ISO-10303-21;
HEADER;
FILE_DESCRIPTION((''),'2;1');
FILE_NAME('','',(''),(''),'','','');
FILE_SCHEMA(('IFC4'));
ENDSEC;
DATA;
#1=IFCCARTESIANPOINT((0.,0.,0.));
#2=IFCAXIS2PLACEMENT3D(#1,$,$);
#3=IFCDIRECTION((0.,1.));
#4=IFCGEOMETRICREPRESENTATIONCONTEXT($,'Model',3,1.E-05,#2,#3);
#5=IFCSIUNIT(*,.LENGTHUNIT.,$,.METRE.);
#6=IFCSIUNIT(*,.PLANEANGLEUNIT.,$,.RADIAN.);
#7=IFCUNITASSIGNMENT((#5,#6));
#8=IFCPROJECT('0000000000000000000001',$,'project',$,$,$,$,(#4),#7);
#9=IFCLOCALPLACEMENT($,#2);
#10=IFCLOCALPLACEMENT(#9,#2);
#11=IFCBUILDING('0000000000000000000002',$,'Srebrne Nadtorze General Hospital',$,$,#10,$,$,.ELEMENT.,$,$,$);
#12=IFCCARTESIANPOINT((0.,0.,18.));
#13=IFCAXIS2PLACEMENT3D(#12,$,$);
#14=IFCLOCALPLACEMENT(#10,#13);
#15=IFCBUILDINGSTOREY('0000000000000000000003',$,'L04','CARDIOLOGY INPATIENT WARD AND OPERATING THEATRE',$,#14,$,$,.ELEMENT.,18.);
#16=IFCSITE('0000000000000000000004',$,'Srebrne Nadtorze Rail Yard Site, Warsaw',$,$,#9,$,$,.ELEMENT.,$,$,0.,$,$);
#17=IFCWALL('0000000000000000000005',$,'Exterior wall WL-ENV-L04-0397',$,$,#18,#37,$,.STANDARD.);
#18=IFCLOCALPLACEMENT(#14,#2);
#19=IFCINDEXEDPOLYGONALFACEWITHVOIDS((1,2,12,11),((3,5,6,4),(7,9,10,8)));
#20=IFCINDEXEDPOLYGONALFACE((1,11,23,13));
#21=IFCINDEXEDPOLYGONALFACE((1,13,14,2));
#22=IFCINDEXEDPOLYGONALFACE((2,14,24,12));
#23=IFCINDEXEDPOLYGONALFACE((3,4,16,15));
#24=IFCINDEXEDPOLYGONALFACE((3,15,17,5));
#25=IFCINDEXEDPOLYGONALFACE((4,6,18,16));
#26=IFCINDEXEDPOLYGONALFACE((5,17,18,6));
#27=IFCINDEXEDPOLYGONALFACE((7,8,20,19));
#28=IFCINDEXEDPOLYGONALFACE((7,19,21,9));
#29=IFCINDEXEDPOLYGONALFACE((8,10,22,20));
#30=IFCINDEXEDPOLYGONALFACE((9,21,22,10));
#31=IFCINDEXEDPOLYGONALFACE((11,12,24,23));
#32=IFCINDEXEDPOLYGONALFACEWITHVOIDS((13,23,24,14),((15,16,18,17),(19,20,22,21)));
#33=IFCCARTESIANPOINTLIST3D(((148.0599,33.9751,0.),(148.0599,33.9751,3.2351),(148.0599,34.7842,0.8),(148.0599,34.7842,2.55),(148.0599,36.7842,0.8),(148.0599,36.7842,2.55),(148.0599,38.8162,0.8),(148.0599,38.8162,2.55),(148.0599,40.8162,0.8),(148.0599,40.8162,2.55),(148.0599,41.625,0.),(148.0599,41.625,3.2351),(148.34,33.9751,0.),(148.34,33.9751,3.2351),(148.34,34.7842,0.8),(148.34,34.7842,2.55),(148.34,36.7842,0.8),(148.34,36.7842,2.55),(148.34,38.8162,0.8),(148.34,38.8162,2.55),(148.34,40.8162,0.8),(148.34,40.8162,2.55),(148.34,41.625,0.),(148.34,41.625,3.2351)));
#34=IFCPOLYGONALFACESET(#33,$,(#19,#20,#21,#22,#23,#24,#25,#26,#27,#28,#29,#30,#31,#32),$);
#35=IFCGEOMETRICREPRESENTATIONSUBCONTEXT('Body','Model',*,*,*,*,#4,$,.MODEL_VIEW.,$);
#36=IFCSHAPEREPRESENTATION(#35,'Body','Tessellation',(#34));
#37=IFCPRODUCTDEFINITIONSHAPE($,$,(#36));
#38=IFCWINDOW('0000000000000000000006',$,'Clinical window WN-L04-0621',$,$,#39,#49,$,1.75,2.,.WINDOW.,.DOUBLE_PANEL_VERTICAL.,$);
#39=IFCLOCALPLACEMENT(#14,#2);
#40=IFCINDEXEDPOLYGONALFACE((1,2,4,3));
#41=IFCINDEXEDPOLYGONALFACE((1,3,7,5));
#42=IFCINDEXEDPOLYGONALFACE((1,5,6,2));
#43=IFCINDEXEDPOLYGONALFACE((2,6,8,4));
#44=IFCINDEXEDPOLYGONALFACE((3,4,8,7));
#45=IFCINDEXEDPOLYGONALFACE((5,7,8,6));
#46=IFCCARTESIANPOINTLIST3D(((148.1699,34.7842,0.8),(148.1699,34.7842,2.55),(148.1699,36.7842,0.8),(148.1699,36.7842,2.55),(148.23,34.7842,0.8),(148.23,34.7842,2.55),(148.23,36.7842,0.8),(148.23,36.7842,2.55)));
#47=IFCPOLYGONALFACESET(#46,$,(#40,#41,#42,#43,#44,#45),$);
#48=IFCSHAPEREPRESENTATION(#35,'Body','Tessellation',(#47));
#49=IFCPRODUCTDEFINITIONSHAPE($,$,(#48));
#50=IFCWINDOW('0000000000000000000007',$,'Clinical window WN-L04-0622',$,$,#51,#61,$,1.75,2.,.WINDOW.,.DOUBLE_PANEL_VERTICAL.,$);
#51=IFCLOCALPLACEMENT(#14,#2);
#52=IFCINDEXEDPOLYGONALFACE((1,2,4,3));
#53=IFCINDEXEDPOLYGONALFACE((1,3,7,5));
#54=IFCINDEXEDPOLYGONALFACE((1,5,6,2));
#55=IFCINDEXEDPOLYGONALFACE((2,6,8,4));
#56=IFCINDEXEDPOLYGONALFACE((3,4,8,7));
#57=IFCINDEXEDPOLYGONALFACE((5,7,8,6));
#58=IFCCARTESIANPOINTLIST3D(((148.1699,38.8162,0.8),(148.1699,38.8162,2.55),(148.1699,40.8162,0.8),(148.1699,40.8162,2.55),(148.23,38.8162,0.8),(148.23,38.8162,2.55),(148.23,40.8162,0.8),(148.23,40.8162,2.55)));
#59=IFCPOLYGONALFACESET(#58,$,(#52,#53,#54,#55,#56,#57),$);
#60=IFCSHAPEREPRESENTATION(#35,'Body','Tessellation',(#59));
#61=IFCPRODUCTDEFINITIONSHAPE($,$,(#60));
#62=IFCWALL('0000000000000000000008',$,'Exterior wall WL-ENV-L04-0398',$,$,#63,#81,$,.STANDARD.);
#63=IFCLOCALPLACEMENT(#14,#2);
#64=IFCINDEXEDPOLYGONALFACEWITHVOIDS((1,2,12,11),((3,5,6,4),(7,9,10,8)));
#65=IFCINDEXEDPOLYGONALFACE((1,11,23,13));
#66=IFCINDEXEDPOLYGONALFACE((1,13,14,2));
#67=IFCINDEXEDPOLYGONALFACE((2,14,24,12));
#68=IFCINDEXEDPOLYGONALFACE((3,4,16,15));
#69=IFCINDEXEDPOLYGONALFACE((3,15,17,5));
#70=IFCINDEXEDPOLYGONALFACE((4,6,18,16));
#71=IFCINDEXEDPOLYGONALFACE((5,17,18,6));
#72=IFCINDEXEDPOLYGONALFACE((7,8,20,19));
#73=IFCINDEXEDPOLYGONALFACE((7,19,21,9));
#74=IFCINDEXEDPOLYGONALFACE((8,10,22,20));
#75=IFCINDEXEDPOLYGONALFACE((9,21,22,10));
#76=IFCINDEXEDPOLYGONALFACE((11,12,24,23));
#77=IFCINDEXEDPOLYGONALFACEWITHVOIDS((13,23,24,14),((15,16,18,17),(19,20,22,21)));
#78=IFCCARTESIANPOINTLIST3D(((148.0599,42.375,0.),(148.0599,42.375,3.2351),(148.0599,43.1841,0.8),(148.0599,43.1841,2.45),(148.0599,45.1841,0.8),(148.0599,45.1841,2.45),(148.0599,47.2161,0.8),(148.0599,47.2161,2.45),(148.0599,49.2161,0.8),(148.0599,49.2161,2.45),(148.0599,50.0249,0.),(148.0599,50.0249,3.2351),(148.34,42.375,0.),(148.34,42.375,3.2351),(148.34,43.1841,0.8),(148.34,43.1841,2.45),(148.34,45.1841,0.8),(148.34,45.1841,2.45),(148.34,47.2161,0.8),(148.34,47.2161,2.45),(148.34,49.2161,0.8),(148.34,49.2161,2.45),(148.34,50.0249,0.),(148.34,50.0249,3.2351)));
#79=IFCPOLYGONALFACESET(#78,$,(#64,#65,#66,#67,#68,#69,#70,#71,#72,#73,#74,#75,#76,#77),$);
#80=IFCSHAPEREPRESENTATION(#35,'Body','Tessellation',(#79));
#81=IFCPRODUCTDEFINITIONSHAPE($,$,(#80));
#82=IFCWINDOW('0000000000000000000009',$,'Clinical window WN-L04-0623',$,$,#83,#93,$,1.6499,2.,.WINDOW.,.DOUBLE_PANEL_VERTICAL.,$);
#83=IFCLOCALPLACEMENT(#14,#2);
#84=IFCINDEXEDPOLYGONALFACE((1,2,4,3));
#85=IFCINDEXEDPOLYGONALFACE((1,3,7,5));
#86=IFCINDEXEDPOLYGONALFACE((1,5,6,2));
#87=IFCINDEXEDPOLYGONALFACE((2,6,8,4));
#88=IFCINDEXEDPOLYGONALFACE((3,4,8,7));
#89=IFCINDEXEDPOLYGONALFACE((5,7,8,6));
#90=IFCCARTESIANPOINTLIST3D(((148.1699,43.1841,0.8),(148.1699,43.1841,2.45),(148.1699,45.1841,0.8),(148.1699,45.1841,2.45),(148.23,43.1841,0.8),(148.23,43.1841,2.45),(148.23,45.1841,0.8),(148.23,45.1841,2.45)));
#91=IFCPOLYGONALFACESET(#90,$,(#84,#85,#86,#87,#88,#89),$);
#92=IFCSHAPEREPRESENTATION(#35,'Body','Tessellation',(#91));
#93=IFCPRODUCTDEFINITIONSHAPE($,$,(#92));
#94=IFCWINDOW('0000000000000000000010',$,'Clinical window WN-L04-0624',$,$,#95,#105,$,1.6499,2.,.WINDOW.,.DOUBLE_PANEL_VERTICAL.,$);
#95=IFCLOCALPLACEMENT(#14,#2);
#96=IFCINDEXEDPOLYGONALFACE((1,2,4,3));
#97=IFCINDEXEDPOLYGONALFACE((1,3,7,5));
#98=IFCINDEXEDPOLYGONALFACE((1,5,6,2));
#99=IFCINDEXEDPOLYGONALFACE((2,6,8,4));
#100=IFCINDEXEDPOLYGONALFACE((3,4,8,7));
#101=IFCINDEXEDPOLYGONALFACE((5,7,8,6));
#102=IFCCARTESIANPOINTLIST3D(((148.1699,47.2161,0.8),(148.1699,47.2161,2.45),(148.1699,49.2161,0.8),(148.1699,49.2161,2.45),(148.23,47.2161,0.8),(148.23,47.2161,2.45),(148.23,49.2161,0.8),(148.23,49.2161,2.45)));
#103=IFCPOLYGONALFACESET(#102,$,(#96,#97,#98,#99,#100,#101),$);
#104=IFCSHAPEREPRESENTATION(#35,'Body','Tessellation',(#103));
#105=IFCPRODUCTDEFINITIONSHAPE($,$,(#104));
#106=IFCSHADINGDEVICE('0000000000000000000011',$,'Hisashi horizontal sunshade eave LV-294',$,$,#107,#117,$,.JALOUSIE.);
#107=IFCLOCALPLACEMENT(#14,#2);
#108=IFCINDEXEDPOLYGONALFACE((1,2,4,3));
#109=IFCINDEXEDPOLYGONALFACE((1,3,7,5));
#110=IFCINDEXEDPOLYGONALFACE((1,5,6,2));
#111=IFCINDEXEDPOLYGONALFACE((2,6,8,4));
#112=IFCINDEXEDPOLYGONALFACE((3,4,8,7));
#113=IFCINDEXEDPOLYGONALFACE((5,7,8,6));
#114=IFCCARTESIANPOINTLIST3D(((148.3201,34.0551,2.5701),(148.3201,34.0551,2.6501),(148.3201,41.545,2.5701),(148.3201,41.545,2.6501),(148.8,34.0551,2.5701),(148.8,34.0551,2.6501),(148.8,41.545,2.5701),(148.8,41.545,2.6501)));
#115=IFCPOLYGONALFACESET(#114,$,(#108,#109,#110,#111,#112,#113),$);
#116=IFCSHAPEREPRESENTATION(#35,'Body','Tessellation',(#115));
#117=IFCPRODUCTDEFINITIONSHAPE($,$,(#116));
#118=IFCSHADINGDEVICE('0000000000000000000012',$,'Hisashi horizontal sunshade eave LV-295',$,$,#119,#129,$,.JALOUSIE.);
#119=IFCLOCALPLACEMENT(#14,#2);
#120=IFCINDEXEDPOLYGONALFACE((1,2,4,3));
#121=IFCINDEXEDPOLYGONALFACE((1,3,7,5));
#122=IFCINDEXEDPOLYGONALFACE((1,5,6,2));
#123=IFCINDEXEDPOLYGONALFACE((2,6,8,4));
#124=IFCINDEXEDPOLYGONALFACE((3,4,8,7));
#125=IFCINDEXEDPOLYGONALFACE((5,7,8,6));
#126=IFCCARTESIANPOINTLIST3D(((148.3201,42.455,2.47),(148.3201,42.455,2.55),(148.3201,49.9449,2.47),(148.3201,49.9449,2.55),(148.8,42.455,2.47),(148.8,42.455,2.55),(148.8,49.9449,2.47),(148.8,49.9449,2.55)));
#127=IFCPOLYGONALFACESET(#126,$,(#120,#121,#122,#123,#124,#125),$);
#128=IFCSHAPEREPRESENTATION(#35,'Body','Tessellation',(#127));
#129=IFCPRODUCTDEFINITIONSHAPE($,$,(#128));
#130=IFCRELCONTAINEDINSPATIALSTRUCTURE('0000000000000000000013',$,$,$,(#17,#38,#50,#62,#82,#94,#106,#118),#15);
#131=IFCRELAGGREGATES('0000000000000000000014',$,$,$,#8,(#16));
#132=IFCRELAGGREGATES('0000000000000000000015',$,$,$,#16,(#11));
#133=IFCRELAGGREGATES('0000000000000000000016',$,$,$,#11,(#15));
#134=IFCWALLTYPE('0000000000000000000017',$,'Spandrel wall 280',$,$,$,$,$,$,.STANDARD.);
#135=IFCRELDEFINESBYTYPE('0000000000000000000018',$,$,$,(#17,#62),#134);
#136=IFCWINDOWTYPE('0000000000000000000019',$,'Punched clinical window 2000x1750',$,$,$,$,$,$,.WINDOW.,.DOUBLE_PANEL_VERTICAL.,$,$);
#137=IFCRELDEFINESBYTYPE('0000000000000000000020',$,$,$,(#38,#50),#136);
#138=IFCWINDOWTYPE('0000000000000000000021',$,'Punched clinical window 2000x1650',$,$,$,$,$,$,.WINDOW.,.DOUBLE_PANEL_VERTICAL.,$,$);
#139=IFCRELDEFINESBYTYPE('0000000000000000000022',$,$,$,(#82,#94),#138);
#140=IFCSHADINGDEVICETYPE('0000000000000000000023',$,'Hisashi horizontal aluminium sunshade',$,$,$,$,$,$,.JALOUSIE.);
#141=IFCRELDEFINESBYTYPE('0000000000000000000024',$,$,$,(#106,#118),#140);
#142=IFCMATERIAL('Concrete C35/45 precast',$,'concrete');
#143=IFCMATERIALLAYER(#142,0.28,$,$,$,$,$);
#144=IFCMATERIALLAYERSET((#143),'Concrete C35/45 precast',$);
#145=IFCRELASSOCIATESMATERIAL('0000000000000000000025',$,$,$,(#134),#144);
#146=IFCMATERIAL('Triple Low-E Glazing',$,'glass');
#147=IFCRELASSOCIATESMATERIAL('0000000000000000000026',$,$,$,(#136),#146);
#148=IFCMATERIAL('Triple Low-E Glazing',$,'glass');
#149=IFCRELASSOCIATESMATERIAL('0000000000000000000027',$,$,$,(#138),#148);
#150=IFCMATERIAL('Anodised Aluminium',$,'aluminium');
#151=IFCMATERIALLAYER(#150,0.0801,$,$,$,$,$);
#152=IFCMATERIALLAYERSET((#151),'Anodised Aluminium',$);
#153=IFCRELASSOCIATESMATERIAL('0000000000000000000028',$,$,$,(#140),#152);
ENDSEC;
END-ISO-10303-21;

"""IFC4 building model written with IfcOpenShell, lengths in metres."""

from ifc_helpers import new_model, si_unit, direction, frame, frame_2d, origin, origin_2d, place, context, subcontext, project, spatial, rectangle, extrude, material, layer, layer_set, type_object, element, fill, save


model = new_model("IFC4")

# Units and contexts
model_context = context("Model", 3, precision=1e-05, world=origin(), true_north=direction((0.0, 1.0)))
body_context = subcontext(model_context, "Body", "Model", "MODEL_VIEW")
ifc_project = project(units=[si_unit("LENGTHUNIT", "METRE"), si_unit("PLANEANGLEUNIT", "RADIAN")], contexts=[model_context])

# Site, building, storey
site_placement = place(None, origin())
site = spatial("IfcSite", under=ifc_project, at=site_placement, Name="Srebrne Nadtorze Rail Yard Site, Warsaw", CompositionType="ELEMENT", RefElevation=0.0)
building_placement = place(site_placement, origin())
building = spatial("IfcBuilding", under=site, at=building_placement, Name="Srebrne Nadtorze General Hospital", CompositionType="ELEMENT")
storey_placement = place(building_placement, frame((0.0, 0.0, 18.0)))
storey = spatial("IfcBuildingStorey", under=building, at=storey_placement, Name="L04", Description="CARDIOLOGY INPATIENT WARD AND OPERATING THEATRE", CompositionType="ELEMENT", Elevation=18.0)

# Walls, openings, windows
ifc_material_1 = material(Name="Concrete C35/45 precast", Category="concrete")
ifc_layer_1 = layer(ifc_material_1, 0.28)
ifc_layer_set_1 = layer_set([ifc_layer_1], Name="Concrete C35/45 precast")
wall_type_1 = type_object("IfcWallType", Name="Spandrel wall 280", PredefinedType="STANDARD", material=ifc_layer_set_1)
wall_1_placement = place(storey_placement, frame((148.2, 33.9751, 0.0), z_axis=(0.0, 0.0, 1.0), x_axis=(0.0, 1.0, 0.0)))
wall_1 = element("IfcWall", 1, at=wall_1_placement, inside=storey, type_object=wall_type_1, Name="Exterior wall WL-ENV-L04-0397", PredefinedType="STANDARD", context=body_context, shape_type="SweptSolid", body=[
    extrude(rectangle(XDim=7.6499, YDim=0.28, at=frame_2d((3.825, 0.0))), origin(), (0.0, 0.0, 1.0), 3.2351),
])
opening_1_placement = place(wall_1_placement, frame((0.8091, 0.0, 0.8)))
opening_1 = element("IfcOpeningElement", 2, at=opening_1_placement, cuts=wall_1, PredefinedType="OPENING", context=body_context, shape_type="SweptSolid", body=[
    extrude(rectangle(XDim=2.0, YDim=1.75, at=frame_2d((1.0, 0.875))), frame((0.0, 0.1519, 0.0), z_axis=(0.0, -1.0, 0.0), x_axis=(1.0, 0.0, 0.0)), (0.0, 0.0, 1.0), 0.304),
])
opening_2_placement = place(wall_1_placement, frame((4.8411, 0.0, 0.8)))
opening_2 = element("IfcOpeningElement", 3, at=opening_2_placement, cuts=wall_1, PredefinedType="OPENING", context=body_context, shape_type="SweptSolid", body=[
    extrude(rectangle(XDim=2.0, YDim=1.75, at=frame_2d((1.0, 0.875))), frame((0.0, 0.1519, 0.0), z_axis=(0.0, -1.0, 0.0), x_axis=(1.0, 0.0, 0.0)), (0.0, 0.0, 1.0), 0.304),
])
ifc_material_2 = material(Name="Triple Low-E Glazing", Category="glass")
window_type_1 = type_object("IfcWindowType", Name="Punched clinical window 2000x1750", PartitioningType="DOUBLE_PANEL_VERTICAL", PredefinedType="WINDOW", material=ifc_material_2)
window_1_placement = place(opening_1_placement, origin())
window_1 = element("IfcWindow", 4, at=window_1_placement, inside=storey, type_object=window_type_1, Name="Clinical window WN-L04-0621", OverallHeight=1.75, OverallWidth=2.0, PartitioningType="DOUBLE_PANEL_VERTICAL", PredefinedType="WINDOW", context=body_context, shape_type="SweptSolid", body=[
    extrude(rectangle(XDim=2.0, YDim=1.75, at=frame_2d((1.0, 0.875))), frame((0.0, 0.03, 0.0), z_axis=(0.0, -1.0, 0.0), x_axis=(1.0, 0.0, 0.0)), (0.0, 0.0, 1.0), 0.0601),
])
fill(opening_1, window_1)
window_2_placement = place(opening_2_placement, origin())
window_2 = element("IfcWindow", 5, at=window_2_placement, inside=storey, type_object=window_type_1, Name="Clinical window WN-L04-0622", OverallHeight=1.75, OverallWidth=2.0, PartitioningType="DOUBLE_PANEL_VERTICAL", PredefinedType="WINDOW", context=body_context, shape_type="SweptSolid", body=[
    extrude(rectangle(XDim=2.0, YDim=1.75, at=frame_2d((1.0, 0.875))), frame((0.0, 0.03, 0.0), z_axis=(0.0, -1.0, 0.0), x_axis=(1.0, 0.0, 0.0)), (0.0, 0.0, 1.0), 0.0601),
])
fill(opening_2, window_2)
wall_2_placement = place(storey_placement, frame((148.2, 42.375, 0.0), z_axis=(0.0, 0.0, 1.0), x_axis=(0.0, 1.0, 0.0)))
wall_2 = element("IfcWall", 6, at=wall_2_placement, inside=storey, type_object=wall_type_1, Name="Exterior wall WL-ENV-L04-0398", PredefinedType="STANDARD", context=body_context, shape_type="SweptSolid", body=[
    extrude(rectangle(XDim=7.6499, YDim=0.28, at=frame_2d((3.825, 0.0))), origin(), (0.0, 0.0, 1.0), 3.2351),
])
opening_3_placement = place(wall_2_placement, frame((0.8091, 0.0, 0.8)))
opening_3 = element("IfcOpeningElement", 7, at=opening_3_placement, cuts=wall_2, PredefinedType="OPENING", context=body_context, shape_type="SweptSolid", body=[
    extrude(rectangle(XDim=2.0, YDim=1.6499, at=frame_2d((1.0, 0.825))), frame((0.0, 0.1519, 0.0), z_axis=(0.0, -1.0, 0.0), x_axis=(1.0, 0.0, 0.0)), (0.0, 0.0, 1.0), 0.304),
])
opening_4_placement = place(wall_2_placement, frame((4.8411, 0.0, 0.8)))
opening_4 = element("IfcOpeningElement", 8, at=opening_4_placement, cuts=wall_2, PredefinedType="OPENING", context=body_context, shape_type="SweptSolid", body=[
    extrude(rectangle(XDim=2.0, YDim=1.6499, at=frame_2d((1.0, 0.825))), frame((0.0, 0.1519, 0.0), z_axis=(0.0, -1.0, 0.0), x_axis=(1.0, 0.0, 0.0)), (0.0, 0.0, 1.0), 0.304),
])
ifc_material_3 = material(Name="Triple Low-E Glazing", Category="glass")
window_type_2 = type_object("IfcWindowType", Name="Punched clinical window 2000x1650", PartitioningType="DOUBLE_PANEL_VERTICAL", PredefinedType="WINDOW", material=ifc_material_3)
window_3_placement = place(opening_3_placement, origin())
window_3 = element("IfcWindow", 9, at=window_3_placement, inside=storey, type_object=window_type_2, Name="Clinical window WN-L04-0623", OverallHeight=1.6499, OverallWidth=2.0, PartitioningType="DOUBLE_PANEL_VERTICAL", PredefinedType="WINDOW", context=body_context, shape_type="SweptSolid", body=[
    extrude(rectangle(XDim=2.0, YDim=1.6499, at=frame_2d((1.0, 0.825))), frame((0.0, 0.03, 0.0), z_axis=(0.0, -1.0, 0.0), x_axis=(1.0, 0.0, 0.0)), (0.0, 0.0, 1.0), 0.0601),
])
fill(opening_3, window_3)
window_4_placement = place(opening_4_placement, origin())
window_4 = element("IfcWindow", 10, at=window_4_placement, inside=storey, type_object=window_type_2, Name="Clinical window WN-L04-0624", OverallHeight=1.6499, OverallWidth=2.0, PartitioningType="DOUBLE_PANEL_VERTICAL", PredefinedType="WINDOW", context=body_context, shape_type="SweptSolid", body=[
    extrude(rectangle(XDim=2.0, YDim=1.6499, at=frame_2d((1.0, 0.825))), frame((0.0, 0.03, 0.0), z_axis=(0.0, -1.0, 0.0), x_axis=(1.0, 0.0, 0.0)), (0.0, 0.0, 1.0), 0.0601),
])
fill(opening_4, window_4)

# Shading devices
ifc_material_4 = material(Name="Anodised Aluminium", Category="aluminium")
ifc_layer_2 = layer(ifc_material_4, 0.0801)
ifc_layer_set_2 = layer_set([ifc_layer_2], Name="Anodised Aluminium")
shading_device_type = type_object("IfcShadingDeviceType", Name="Hisashi horizontal aluminium sunshade", PredefinedType="JALOUSIE", material=ifc_layer_set_2)
for number, where, z_axis, x_axis, name in (
    (11, (148.5601, 37.8, 2.5701), (0.0, 0.0, 1.0), (1.0, 0.0, 0.0), "Hisashi horizontal sunshade eave LV-294"),
    (12, (148.5601, 46.2, 2.47), (0.0, 0.0, 1.0), (1.0, 0.0, 0.0), "Hisashi horizontal sunshade eave LV-295"),
):
    element("IfcShadingDevice", number, at=place(storey_placement, frame(where, z_axis=z_axis, x_axis=x_axis)), inside=storey, type_object=shading_device_type, Name=name, PredefinedType="JALOUSIE", context=body_context, shape_type="SweptSolid", body=[
        extrude(rectangle(XDim=0.48, YDim=7.49, at=origin_2d()), origin(), (0.0, 0.0, 1.0), 0.0801),
    ])

save(model, "model.ifc")
